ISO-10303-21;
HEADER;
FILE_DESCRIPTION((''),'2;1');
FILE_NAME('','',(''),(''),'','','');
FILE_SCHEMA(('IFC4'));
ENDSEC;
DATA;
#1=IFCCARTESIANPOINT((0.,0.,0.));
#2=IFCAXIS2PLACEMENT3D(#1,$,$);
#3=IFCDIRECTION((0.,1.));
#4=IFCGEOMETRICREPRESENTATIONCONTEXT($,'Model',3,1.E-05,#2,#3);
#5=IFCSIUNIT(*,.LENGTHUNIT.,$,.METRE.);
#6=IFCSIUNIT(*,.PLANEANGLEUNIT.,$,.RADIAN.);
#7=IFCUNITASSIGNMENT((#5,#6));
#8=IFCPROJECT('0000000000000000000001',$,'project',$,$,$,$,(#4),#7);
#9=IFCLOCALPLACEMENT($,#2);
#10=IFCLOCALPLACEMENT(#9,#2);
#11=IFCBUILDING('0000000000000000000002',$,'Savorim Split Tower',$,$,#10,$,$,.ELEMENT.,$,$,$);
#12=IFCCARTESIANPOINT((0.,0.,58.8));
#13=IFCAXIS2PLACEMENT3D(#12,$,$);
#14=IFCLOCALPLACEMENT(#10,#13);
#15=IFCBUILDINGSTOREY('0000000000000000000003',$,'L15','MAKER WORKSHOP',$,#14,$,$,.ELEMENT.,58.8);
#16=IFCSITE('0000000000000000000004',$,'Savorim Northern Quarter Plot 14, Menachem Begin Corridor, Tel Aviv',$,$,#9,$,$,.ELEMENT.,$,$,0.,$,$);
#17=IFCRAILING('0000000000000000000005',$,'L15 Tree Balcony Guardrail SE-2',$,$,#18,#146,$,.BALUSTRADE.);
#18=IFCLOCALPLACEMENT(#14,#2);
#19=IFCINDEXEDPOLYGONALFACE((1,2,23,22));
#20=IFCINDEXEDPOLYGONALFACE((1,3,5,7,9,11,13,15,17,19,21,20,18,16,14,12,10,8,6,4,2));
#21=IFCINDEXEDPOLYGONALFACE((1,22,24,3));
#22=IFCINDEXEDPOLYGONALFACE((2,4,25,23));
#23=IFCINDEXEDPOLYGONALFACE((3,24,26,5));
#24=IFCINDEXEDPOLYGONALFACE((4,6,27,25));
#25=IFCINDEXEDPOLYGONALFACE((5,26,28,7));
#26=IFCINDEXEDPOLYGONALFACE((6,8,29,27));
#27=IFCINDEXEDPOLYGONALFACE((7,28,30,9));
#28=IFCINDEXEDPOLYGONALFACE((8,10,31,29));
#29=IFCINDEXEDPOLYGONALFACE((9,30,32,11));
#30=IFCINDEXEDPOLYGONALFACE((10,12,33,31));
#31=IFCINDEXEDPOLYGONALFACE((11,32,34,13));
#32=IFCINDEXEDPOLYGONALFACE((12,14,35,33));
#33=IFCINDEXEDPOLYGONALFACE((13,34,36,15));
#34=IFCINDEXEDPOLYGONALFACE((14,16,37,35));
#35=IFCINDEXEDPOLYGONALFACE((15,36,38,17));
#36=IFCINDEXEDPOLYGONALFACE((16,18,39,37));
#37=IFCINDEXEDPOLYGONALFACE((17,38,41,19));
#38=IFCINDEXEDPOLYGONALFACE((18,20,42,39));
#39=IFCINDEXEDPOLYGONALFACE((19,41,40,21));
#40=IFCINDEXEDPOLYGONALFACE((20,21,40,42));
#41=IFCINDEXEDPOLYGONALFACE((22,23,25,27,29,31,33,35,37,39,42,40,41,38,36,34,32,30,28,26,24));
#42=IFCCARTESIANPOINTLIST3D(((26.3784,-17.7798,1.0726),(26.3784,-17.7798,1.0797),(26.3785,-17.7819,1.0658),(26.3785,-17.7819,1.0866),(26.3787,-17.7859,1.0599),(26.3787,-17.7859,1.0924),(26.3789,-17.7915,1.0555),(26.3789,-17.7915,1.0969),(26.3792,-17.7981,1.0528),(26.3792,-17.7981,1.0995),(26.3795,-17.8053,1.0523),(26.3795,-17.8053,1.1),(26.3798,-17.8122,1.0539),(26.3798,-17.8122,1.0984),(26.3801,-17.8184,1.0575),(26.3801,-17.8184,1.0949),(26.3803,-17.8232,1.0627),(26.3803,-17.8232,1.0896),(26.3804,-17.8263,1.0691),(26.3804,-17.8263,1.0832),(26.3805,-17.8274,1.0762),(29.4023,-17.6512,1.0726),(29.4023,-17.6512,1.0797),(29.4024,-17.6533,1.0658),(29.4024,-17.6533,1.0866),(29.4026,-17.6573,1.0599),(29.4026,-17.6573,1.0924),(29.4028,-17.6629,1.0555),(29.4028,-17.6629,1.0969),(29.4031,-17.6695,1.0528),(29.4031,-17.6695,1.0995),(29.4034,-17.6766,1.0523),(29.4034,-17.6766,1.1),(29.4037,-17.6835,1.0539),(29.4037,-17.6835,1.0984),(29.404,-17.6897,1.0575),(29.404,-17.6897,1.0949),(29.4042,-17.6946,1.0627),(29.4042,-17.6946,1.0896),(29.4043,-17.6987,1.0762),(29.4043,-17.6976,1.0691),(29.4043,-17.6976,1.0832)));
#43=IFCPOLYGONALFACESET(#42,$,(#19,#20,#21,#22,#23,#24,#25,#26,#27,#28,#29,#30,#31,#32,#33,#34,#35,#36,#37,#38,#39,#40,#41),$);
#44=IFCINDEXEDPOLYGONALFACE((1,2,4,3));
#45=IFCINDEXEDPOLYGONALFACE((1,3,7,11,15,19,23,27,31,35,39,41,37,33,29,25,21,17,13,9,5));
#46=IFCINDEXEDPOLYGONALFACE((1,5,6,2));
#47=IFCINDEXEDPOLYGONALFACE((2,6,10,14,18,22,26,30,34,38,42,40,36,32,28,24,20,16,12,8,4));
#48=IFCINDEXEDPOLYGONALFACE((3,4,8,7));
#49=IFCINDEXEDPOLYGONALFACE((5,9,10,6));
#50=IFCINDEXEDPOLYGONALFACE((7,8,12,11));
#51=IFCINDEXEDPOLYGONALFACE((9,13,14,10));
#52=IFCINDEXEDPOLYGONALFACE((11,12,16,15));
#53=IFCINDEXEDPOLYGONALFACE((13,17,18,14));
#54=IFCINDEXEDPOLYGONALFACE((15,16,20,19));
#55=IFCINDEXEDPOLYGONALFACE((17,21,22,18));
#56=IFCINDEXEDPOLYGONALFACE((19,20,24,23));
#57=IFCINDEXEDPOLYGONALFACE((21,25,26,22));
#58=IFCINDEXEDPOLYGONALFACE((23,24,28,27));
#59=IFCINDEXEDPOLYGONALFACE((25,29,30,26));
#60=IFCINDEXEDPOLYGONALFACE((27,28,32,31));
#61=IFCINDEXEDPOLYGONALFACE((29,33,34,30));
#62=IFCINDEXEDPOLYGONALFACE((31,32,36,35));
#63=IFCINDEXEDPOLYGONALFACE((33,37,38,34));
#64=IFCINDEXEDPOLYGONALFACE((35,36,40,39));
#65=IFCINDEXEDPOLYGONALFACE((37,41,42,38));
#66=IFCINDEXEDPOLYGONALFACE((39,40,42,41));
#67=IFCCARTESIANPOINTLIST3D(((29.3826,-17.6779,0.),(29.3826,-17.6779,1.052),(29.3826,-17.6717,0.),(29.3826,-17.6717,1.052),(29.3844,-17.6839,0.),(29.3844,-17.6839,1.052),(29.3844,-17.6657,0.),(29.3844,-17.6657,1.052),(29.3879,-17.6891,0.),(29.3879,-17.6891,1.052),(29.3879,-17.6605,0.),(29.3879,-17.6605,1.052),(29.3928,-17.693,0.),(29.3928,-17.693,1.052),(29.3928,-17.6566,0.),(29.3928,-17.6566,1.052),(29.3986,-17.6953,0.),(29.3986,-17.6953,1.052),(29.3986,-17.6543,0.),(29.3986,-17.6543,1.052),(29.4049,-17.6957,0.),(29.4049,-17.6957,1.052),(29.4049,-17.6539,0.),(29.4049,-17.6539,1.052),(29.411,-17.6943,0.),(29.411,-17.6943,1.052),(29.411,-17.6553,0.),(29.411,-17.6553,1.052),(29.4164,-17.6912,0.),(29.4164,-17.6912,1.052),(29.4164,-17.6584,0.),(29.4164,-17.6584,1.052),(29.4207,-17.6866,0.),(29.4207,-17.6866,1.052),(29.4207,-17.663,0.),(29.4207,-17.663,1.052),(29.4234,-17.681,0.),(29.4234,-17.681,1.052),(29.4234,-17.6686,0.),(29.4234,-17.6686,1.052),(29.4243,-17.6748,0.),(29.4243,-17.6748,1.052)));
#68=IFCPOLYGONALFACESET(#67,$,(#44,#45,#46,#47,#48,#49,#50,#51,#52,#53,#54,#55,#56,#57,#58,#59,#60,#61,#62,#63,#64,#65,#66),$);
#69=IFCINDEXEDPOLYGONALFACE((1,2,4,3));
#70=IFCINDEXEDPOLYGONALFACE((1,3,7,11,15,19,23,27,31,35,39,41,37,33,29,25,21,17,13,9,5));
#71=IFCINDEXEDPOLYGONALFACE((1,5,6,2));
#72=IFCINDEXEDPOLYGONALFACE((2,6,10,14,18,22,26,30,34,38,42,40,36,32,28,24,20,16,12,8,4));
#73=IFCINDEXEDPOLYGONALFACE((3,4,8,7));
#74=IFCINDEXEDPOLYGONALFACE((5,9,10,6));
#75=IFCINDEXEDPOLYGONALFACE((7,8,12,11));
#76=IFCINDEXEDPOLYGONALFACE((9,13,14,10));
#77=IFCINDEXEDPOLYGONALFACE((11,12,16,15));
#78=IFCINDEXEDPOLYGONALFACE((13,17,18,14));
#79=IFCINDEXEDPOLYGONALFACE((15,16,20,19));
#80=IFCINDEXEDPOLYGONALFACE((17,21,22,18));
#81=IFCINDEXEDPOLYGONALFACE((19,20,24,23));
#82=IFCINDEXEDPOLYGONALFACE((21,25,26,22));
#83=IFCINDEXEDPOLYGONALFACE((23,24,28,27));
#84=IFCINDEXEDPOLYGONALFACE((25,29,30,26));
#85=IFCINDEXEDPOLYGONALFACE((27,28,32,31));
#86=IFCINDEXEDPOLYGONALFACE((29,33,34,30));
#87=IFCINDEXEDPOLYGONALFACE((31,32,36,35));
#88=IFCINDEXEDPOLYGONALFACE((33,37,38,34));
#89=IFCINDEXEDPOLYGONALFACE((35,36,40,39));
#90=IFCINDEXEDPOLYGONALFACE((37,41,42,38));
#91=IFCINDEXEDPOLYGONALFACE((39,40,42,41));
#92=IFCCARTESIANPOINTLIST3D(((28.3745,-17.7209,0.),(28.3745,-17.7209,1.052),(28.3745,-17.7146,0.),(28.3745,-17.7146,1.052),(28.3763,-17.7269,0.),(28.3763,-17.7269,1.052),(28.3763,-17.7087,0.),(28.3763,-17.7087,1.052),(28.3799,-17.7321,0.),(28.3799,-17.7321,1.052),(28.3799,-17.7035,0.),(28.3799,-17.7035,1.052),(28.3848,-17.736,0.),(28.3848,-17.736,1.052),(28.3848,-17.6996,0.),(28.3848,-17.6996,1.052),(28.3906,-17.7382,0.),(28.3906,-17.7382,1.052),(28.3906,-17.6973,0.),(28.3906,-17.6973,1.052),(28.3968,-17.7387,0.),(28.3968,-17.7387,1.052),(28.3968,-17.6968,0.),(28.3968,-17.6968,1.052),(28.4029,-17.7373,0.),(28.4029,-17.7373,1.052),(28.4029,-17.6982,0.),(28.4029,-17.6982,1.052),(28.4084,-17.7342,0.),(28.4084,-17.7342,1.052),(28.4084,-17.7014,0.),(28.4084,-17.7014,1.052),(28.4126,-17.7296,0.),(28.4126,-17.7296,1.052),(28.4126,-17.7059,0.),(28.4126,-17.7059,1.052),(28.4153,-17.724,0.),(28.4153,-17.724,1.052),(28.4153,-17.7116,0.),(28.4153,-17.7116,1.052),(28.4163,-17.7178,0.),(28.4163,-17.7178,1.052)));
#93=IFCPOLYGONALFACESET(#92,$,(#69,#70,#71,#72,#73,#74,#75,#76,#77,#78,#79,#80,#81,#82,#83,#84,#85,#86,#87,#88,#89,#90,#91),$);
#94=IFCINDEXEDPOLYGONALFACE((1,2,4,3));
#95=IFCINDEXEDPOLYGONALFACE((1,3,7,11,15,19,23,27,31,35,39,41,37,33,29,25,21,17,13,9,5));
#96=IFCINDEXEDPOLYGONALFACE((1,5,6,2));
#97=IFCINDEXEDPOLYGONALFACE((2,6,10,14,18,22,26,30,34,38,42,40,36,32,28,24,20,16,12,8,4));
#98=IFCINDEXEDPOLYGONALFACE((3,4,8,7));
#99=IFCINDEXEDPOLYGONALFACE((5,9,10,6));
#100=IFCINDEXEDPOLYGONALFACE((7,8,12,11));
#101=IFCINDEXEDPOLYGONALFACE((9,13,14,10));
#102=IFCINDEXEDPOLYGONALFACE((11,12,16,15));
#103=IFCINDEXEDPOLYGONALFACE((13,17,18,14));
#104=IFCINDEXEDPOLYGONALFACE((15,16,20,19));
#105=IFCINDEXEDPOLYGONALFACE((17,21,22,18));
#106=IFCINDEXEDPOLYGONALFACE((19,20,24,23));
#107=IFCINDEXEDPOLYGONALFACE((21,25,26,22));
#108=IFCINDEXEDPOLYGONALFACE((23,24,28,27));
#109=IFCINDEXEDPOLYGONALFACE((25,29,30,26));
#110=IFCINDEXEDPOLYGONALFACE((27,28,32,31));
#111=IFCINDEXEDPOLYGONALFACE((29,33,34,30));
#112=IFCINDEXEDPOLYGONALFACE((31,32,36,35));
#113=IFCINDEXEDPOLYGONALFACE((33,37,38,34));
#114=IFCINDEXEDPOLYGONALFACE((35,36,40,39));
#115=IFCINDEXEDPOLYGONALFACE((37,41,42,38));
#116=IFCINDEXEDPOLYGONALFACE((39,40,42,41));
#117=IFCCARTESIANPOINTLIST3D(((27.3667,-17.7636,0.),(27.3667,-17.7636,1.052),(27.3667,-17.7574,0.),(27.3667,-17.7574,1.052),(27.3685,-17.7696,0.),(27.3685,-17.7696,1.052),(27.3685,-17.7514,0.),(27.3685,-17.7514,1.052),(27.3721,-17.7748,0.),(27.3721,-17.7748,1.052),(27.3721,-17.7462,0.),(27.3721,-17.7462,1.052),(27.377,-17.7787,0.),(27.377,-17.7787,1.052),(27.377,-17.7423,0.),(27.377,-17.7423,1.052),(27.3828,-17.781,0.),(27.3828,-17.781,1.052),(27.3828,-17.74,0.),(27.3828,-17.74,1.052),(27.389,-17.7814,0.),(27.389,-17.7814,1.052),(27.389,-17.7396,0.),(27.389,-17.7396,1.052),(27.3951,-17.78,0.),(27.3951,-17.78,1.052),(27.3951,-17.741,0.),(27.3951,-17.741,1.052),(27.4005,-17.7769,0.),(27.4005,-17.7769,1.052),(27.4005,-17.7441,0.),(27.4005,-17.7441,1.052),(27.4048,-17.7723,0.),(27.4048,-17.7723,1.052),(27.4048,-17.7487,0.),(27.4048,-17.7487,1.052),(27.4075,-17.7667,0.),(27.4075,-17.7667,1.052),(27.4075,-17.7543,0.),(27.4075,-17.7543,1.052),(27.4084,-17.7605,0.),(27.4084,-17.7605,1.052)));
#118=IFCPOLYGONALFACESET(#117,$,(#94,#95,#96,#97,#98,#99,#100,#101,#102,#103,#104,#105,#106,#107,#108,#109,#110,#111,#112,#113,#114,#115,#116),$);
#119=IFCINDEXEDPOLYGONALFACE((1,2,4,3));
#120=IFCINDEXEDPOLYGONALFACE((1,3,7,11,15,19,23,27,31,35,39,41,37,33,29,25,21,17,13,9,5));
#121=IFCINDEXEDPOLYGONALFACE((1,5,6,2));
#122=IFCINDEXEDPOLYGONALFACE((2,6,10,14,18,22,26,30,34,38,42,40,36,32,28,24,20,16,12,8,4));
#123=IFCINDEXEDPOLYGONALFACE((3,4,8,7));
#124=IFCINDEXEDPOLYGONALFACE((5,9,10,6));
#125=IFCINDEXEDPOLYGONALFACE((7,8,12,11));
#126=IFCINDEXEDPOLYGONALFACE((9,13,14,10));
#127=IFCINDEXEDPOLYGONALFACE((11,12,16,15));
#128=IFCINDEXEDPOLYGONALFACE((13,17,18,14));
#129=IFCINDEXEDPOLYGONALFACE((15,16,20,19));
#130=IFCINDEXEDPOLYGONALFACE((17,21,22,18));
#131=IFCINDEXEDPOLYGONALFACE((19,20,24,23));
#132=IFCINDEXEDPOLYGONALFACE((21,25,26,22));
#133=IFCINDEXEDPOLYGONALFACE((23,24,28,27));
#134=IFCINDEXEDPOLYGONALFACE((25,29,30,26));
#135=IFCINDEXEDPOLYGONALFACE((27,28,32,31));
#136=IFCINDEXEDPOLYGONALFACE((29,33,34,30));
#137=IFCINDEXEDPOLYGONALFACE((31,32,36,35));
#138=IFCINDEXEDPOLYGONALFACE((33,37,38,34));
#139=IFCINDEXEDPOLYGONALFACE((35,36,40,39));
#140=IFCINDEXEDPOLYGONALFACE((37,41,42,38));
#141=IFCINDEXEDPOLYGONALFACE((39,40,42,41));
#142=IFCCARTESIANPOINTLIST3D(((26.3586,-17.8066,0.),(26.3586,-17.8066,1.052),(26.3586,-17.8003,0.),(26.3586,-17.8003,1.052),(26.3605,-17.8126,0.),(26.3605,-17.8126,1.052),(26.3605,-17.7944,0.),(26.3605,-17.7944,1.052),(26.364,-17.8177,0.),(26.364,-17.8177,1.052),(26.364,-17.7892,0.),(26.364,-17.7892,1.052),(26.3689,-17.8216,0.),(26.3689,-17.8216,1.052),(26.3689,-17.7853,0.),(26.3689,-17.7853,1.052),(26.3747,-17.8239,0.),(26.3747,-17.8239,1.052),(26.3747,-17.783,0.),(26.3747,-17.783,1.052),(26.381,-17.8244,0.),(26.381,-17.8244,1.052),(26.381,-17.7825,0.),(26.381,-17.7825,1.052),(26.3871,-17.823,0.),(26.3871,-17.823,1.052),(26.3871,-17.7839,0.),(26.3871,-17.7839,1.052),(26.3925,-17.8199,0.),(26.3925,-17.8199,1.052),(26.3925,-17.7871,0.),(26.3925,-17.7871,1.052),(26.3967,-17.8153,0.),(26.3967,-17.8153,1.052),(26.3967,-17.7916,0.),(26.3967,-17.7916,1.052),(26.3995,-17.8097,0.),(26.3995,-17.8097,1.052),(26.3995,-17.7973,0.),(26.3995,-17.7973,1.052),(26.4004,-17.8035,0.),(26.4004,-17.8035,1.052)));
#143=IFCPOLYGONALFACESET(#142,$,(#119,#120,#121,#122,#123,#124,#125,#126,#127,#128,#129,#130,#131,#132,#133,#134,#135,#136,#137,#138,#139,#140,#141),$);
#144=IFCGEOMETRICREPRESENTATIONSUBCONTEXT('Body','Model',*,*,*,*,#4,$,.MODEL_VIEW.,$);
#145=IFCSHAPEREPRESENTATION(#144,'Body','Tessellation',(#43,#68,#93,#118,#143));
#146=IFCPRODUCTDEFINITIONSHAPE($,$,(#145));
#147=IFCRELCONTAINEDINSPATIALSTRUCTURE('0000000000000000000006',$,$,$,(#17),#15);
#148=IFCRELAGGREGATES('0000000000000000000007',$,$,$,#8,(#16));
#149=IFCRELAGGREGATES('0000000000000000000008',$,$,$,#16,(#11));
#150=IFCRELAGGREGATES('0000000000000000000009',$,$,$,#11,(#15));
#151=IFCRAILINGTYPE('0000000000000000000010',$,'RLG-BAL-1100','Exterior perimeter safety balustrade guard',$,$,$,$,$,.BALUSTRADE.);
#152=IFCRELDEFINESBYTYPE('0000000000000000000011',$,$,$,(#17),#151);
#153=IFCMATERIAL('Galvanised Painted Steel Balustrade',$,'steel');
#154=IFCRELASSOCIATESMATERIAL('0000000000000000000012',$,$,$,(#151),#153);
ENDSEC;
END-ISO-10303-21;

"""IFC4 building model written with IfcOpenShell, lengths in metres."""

from ifc_helpers import new_model, si_unit, direction, frame, origin, origin_2d, place, context, subcontext, project, spatial, circle, extrude, material, type_object, element, save


model = new_model("IFC4")

# Units and contexts
model_context = context("Model", 3, precision=1e-05, world=origin(), true_north=direction((0.0, 1.0)))
body_context = subcontext(model_context, "Body", "Model", "MODEL_VIEW")
ifc_project = project(units=[si_unit("LENGTHUNIT", "METRE"), si_unit("PLANEANGLEUNIT", "RADIAN")], contexts=[model_context])

# Site, building, storey
site_placement = place(None, origin())
site = spatial("IfcSite", under=ifc_project, at=site_placement, Name="Savorim Northern Quarter Plot 14, Menachem Begin Corridor, Tel Aviv", CompositionType="ELEMENT", RefElevation=0.0)
building_placement = place(site_placement, origin())
building = spatial("IfcBuilding", under=site, at=building_placement, Name="Savorim Split Tower", CompositionType="ELEMENT")
storey_placement = place(building_placement, frame((0.0, 0.0, 58.8)))
storey = spatial("IfcBuildingStorey", under=building, at=storey_placement, Name="L15", Description="MAKER WORKSHOP", CompositionType="ELEMENT", Elevation=58.8)

# Railing
ifc_material_1 = material(Name="Galvanised Painted Steel Balustrade", Category="steel")
railing_type = type_object("IfcRailingType", Name="RLG-BAL-1100", Description="Exterior perimeter safety balustrade guard", PredefinedType="BALUSTRADE", material=ifc_material_1)
railing_1_placement = place(storey_placement, frame((29.4033, -17.6748, 0.0)))
element("IfcRailing", 1, at=railing_1_placement, inside=storey, type_object=railing_type, Name="L15 Tree Balcony Guardrail SE-2", PredefinedType="BALUSTRADE", context=body_context, shape_type="SweptSolid", body=[
    extrude(circle(Radius=0.0239, at=origin_2d()), frame((0.0, 0.0, 1.0762), z_axis=(-0.999096, -0.04251, 0.0), x_axis=(0.04251, -0.999096, 0.0)), (0.0, 0.0, 1.0), 3.0266),
    extrude(circle(Radius=0.021, at=origin_2d()), origin(), (0.0, 0.0, 1.0), 1.052),
    extrude(circle(Radius=0.021, at=origin_2d()), frame((-1.0081, -0.043, 0.0)), (0.0, 0.0, 1.0), 1.052),
    extrude(circle(Radius=0.021, at=origin_2d()), frame((-2.0159, -0.0857, 0.0)), (0.0, 0.0, 1.0), 1.052),
    extrude(circle(Radius=0.021, at=origin_2d()), frame((-3.0239, -0.1287, 0.0)), (0.0, 0.0, 1.0), 1.052),
])

save(model, "model.ifc")
